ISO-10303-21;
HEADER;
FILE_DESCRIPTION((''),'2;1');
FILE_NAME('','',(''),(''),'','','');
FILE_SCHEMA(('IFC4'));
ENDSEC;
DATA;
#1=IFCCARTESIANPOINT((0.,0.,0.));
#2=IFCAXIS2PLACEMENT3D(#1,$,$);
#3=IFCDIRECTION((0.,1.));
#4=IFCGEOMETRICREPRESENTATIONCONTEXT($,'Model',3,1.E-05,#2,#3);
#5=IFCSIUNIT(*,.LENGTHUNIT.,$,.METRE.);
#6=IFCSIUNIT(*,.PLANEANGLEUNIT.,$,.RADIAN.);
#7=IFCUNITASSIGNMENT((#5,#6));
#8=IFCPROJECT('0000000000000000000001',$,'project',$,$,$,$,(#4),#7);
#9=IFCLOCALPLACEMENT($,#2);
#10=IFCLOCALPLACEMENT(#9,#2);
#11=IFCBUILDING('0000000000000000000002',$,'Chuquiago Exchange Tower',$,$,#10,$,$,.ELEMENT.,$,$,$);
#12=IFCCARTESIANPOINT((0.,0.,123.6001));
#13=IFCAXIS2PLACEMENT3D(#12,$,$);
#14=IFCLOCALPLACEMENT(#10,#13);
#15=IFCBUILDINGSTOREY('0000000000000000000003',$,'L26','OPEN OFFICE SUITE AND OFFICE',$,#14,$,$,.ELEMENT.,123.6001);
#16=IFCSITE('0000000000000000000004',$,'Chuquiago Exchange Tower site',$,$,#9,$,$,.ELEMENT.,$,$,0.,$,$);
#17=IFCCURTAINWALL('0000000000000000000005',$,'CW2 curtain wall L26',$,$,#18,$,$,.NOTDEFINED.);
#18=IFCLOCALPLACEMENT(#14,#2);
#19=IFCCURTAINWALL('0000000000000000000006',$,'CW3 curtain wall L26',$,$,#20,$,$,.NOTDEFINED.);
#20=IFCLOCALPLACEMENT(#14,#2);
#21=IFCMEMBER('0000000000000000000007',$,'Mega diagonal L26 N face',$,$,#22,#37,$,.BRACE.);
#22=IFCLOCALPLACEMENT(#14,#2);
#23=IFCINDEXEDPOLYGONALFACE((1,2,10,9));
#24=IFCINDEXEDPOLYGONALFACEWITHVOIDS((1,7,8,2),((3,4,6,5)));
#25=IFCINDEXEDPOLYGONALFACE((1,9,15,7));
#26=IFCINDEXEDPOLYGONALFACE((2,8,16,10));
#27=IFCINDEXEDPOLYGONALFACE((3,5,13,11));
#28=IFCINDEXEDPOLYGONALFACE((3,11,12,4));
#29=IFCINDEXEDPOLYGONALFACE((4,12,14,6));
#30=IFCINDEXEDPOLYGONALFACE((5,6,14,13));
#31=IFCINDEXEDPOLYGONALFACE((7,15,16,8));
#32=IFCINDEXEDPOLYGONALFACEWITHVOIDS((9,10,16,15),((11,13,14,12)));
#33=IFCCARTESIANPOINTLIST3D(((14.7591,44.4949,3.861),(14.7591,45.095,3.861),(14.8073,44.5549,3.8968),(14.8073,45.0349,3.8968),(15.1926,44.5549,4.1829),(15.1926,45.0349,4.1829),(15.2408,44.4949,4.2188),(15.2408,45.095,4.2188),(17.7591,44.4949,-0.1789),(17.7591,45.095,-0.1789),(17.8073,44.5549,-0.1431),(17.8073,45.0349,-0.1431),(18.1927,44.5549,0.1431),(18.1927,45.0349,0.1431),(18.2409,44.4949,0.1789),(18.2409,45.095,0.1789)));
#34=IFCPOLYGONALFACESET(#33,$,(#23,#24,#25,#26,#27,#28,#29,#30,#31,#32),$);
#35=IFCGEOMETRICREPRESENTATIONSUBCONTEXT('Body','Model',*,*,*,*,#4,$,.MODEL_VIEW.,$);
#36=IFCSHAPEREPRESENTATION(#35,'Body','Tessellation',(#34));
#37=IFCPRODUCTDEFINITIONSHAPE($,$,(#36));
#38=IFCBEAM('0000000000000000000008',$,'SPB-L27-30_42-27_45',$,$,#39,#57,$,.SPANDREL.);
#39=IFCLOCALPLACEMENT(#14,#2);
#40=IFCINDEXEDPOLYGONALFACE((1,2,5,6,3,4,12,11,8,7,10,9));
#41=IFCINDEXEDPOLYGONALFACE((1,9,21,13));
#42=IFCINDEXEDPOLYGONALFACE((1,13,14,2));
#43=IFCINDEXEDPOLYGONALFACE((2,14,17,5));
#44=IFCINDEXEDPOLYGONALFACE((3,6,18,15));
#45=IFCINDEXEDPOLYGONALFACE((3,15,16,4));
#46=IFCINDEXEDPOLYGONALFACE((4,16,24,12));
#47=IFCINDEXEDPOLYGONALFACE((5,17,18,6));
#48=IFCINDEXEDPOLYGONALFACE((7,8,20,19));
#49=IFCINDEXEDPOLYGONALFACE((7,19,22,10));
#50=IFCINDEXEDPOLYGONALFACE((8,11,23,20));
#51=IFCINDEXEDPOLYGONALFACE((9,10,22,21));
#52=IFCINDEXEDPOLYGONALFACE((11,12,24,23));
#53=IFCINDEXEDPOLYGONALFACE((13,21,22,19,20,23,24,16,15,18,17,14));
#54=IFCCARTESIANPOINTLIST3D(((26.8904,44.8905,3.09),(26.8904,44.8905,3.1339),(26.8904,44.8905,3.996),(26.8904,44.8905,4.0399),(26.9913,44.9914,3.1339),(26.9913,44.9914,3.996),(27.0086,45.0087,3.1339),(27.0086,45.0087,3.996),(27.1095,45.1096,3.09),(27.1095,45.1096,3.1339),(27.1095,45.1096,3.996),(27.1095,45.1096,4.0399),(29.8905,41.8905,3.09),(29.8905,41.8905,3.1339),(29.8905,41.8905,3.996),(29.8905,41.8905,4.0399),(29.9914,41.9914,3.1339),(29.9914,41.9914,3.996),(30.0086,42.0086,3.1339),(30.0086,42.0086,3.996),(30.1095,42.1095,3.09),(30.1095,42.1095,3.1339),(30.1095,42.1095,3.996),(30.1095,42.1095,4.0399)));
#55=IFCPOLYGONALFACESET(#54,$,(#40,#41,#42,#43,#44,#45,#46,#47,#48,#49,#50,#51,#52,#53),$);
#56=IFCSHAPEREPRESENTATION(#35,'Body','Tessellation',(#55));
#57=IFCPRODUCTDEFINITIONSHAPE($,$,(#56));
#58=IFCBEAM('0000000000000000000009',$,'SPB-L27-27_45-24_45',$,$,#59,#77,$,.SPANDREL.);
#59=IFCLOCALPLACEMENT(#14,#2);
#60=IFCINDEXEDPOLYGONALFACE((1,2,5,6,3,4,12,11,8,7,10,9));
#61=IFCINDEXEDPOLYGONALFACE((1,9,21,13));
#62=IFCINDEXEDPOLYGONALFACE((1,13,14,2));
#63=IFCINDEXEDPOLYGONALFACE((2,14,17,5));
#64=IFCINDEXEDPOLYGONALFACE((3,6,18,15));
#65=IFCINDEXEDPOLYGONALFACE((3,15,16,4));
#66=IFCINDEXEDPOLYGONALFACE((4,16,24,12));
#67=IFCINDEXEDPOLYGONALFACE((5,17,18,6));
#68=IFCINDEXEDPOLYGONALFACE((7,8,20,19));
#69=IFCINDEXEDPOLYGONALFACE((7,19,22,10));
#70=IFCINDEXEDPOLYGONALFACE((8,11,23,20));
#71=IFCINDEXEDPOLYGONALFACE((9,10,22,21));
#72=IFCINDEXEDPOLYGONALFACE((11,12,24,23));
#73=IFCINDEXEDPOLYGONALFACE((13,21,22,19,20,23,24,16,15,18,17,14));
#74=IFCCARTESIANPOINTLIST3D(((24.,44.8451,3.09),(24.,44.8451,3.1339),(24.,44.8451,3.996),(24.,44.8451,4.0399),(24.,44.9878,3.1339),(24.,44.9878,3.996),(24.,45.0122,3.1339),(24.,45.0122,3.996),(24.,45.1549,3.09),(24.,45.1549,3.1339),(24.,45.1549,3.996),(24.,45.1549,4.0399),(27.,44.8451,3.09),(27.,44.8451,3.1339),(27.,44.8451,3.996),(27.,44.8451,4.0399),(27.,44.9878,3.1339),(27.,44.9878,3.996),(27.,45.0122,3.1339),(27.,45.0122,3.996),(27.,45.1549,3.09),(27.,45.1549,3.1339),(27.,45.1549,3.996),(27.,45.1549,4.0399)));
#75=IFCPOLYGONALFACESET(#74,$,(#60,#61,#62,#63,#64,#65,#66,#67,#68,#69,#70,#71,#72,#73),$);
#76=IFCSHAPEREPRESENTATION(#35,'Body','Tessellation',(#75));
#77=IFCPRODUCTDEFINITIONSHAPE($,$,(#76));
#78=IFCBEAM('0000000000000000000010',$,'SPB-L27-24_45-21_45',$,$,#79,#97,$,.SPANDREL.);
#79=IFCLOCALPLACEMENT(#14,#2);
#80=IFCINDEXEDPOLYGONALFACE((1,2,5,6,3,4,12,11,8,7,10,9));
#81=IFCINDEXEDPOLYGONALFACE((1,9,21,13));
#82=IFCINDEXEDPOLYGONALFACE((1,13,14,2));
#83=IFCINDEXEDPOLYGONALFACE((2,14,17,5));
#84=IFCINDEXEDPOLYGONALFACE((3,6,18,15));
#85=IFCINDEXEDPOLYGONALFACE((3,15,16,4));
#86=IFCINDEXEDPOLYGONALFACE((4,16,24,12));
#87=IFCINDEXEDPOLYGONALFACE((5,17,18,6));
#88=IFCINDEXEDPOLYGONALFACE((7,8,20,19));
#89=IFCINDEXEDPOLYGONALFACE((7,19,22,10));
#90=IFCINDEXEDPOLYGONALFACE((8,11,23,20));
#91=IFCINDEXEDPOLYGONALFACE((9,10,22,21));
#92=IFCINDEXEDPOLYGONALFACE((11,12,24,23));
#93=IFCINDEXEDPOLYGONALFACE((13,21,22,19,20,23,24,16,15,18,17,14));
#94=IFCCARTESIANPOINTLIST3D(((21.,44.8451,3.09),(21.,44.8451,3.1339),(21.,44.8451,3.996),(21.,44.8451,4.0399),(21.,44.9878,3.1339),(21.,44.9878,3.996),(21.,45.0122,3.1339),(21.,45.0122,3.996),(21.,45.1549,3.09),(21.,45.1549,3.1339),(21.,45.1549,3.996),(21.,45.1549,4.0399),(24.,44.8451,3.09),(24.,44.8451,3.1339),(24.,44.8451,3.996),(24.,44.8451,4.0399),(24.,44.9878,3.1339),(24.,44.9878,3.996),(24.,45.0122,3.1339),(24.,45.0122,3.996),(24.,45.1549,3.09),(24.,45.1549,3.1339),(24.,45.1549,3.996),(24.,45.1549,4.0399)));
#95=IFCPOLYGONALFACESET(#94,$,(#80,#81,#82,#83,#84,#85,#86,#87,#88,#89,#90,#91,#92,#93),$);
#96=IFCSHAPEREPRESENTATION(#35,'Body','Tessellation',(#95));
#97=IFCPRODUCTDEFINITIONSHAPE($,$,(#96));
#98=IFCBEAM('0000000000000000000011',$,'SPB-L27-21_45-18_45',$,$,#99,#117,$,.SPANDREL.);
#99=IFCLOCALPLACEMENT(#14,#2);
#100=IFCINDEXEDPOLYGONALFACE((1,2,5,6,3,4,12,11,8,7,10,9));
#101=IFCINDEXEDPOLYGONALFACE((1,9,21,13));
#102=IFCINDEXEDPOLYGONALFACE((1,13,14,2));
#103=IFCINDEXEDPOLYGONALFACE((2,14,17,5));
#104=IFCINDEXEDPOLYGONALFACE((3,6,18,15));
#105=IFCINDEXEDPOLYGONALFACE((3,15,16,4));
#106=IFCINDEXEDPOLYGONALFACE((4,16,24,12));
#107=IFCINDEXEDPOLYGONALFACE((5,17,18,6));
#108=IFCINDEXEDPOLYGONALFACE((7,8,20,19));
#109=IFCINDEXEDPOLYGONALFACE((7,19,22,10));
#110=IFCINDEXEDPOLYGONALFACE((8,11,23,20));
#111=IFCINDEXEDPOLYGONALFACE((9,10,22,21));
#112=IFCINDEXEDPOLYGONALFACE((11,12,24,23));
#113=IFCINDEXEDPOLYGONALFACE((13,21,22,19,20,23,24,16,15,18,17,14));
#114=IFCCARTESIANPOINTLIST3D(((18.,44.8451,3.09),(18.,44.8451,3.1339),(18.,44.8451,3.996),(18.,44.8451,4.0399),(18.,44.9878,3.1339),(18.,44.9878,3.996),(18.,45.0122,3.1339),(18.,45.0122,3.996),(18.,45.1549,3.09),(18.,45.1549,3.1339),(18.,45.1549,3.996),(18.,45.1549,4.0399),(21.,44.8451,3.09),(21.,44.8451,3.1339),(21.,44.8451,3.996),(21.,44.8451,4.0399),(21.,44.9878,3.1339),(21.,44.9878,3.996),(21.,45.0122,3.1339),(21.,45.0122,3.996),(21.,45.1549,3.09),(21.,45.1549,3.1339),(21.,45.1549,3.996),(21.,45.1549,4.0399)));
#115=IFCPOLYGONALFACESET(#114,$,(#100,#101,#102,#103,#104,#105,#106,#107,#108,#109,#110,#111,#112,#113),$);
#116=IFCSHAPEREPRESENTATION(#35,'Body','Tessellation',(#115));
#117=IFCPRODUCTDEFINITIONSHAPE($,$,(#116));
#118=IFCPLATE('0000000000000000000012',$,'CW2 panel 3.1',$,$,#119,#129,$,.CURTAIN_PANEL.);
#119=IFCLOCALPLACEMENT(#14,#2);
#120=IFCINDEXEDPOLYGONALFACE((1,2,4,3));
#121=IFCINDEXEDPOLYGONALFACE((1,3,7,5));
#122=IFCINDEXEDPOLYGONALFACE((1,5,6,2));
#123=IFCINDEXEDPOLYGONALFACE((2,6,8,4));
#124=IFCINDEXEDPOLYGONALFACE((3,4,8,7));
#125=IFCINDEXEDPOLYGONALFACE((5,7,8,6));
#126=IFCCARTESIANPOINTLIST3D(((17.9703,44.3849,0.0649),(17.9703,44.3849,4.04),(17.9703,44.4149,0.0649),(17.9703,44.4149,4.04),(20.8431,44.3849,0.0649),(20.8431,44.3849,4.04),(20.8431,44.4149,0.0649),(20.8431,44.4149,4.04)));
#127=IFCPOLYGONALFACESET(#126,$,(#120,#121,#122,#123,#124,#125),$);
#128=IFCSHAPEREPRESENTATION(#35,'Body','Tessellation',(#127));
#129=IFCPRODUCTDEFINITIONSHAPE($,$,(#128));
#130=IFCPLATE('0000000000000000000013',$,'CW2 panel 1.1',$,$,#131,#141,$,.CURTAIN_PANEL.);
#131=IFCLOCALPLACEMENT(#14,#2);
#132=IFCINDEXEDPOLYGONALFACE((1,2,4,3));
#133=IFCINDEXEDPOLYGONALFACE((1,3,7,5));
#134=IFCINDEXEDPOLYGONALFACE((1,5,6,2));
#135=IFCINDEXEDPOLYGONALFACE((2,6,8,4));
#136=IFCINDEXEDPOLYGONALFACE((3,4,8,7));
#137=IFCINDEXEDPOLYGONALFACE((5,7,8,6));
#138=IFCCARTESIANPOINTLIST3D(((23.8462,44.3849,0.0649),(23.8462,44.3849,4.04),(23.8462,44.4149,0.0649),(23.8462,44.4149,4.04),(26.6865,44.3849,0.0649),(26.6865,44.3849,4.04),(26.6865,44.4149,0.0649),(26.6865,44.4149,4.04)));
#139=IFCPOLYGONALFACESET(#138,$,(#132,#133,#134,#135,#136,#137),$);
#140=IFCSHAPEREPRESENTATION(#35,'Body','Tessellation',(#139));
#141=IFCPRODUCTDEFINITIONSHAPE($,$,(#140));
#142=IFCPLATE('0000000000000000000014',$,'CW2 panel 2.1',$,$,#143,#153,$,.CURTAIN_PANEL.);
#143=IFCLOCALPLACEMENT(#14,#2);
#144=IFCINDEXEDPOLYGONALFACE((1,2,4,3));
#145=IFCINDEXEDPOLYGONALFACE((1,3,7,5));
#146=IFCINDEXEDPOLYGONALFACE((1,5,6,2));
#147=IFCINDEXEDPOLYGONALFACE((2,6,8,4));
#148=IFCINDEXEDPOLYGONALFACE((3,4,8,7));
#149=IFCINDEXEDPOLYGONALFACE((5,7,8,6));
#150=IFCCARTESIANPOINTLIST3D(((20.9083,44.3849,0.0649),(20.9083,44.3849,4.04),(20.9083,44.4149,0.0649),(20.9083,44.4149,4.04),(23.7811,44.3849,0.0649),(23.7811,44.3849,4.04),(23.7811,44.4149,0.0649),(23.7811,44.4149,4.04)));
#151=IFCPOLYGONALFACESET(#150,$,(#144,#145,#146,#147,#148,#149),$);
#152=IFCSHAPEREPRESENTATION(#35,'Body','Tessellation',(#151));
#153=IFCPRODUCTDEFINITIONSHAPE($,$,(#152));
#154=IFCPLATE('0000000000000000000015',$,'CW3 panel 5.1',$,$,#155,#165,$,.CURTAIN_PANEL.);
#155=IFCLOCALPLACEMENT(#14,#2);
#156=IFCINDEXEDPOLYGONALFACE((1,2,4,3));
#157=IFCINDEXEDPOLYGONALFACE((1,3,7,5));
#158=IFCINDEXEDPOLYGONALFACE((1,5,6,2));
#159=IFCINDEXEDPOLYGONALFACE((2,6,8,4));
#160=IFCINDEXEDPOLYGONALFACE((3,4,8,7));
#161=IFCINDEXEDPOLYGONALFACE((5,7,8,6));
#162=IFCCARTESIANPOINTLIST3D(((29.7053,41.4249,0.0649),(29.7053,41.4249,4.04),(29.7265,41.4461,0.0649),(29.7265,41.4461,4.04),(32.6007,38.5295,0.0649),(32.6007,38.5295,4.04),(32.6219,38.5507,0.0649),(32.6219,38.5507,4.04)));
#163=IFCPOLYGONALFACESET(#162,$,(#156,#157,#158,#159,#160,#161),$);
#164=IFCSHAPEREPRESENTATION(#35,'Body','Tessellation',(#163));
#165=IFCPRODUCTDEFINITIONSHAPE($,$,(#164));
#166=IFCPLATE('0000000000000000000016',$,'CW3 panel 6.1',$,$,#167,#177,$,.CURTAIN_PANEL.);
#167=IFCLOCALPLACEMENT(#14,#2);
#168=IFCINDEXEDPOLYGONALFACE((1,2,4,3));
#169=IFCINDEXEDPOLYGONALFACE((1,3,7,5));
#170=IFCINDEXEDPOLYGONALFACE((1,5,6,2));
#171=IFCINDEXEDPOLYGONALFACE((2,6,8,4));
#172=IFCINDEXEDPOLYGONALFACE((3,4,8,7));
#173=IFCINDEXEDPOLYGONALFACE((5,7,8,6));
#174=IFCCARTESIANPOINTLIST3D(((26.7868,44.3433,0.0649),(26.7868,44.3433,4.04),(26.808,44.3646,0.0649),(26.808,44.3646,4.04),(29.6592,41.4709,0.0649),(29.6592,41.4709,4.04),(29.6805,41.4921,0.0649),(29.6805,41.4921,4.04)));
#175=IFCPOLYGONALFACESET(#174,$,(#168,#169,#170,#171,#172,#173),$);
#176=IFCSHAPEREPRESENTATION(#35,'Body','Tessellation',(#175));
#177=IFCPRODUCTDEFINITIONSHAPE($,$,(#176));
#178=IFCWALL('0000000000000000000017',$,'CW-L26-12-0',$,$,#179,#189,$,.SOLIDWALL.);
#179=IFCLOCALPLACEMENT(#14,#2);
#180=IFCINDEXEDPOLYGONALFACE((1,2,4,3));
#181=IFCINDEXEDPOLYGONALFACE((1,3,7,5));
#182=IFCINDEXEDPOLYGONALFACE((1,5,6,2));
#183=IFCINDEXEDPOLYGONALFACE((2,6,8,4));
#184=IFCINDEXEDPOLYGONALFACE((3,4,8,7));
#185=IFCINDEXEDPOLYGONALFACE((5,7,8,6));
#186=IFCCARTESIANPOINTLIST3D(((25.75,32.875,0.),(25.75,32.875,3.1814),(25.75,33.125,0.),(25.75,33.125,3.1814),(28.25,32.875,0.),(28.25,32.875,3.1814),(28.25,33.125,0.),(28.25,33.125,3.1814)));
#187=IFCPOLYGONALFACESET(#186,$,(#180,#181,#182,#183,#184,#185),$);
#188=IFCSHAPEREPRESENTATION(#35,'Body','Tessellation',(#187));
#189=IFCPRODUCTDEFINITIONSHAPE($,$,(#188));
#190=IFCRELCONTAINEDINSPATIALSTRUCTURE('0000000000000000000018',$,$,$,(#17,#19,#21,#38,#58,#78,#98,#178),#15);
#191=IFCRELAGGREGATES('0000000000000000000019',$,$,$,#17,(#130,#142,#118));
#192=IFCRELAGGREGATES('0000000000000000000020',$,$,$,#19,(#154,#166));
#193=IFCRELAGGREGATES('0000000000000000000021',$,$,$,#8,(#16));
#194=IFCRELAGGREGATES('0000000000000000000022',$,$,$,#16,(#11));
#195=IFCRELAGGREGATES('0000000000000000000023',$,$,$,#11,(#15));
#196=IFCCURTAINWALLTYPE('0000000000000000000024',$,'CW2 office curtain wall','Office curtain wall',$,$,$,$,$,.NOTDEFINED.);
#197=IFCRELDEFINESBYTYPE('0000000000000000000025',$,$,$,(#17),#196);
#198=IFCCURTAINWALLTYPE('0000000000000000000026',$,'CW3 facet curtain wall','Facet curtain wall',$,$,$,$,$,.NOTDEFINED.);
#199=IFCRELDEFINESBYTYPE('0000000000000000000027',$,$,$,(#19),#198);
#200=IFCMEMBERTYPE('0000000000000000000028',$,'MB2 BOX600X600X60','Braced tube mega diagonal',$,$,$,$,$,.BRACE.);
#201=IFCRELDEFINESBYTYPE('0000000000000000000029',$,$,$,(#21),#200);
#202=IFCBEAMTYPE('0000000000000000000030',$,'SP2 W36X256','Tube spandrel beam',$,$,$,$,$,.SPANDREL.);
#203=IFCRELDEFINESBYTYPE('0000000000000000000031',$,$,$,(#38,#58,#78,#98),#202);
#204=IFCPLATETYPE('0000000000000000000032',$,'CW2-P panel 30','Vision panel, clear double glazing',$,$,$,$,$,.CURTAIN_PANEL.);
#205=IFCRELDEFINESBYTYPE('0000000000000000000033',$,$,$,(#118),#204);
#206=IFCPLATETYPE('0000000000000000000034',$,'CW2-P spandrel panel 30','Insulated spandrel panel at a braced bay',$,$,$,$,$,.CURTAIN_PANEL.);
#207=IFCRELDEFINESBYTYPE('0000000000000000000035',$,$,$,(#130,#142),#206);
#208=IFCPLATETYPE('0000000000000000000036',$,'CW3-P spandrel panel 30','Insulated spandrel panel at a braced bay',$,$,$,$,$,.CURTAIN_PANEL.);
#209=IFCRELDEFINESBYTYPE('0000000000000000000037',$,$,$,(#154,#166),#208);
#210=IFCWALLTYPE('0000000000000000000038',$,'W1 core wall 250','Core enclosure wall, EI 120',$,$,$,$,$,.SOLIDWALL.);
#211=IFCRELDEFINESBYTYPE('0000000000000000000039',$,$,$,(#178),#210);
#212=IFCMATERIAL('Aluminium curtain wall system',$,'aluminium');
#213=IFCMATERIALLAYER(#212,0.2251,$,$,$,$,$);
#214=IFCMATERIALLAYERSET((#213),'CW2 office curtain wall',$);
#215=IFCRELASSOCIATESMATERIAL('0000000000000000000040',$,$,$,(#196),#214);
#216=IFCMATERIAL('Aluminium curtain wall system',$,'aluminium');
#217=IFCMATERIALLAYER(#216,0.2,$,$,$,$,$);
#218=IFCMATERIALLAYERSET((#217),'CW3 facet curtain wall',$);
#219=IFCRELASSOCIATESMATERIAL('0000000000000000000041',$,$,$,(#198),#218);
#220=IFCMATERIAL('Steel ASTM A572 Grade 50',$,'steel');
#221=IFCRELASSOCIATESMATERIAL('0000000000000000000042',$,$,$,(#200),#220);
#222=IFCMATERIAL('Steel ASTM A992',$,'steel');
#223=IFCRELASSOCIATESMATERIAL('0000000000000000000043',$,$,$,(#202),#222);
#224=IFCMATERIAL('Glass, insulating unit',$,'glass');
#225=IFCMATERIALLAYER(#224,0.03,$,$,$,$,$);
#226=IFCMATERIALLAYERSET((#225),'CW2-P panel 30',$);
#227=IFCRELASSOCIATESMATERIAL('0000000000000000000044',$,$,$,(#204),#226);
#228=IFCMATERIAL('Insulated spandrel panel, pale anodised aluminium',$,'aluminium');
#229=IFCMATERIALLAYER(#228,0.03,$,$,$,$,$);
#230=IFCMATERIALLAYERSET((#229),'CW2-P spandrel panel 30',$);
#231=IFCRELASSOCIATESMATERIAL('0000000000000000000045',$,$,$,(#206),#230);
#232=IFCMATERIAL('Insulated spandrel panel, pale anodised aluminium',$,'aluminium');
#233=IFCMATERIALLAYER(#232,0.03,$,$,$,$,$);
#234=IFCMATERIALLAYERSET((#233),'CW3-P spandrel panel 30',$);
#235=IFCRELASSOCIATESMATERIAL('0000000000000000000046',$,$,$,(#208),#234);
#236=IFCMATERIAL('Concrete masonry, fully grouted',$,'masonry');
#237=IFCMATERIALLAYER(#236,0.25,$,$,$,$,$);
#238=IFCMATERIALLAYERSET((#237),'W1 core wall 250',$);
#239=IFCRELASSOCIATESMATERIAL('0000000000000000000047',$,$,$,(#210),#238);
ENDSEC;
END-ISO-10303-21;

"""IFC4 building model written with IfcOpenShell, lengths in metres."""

from ifc_helpers import new_model, si_unit, direction, frame, frame_2d, origin, origin_2d, place, context, subcontext, project, spatial, rectangle, hollow_rectangle, i_section, extrude, material, layer, layer_set, material_profile, profile_set, type_object, element, aggregate, save


model = new_model("IFC4")

# Units and contexts
model_context = context("Model", 3, precision=1e-05, world=origin(), true_north=direction((0.0, 1.0)))
body_context = subcontext(model_context, "Body", "Model", "MODEL_VIEW")
ifc_project = project(units=[si_unit("LENGTHUNIT", "METRE"), si_unit("PLANEANGLEUNIT", "RADIAN")], contexts=[model_context])

# Site, building, storey
site_placement = place(None, origin())
site = spatial("IfcSite", under=ifc_project, at=site_placement, Name="Chuquiago Exchange Tower site", CompositionType="ELEMENT", RefElevation=0.0)
building_placement = place(site_placement, origin())
building = spatial("IfcBuilding", under=site, at=building_placement, Name="Chuquiago Exchange Tower", CompositionType="ELEMENT")
storey_placement = place(building_placement, frame((0.0, 0.0, 123.6001)))
storey = spatial("IfcBuildingStorey", under=building, at=storey_placement, Name="L26", Description="OPEN OFFICE SUITE AND OFFICE", CompositionType="ELEMENT", Elevation=123.6001)

# Curtain walls
ifc_material_1 = material(Name="Aluminium curtain wall system", Category="aluminium")
ifc_layer_1 = layer(ifc_material_1, 0.2251)
ifc_layer_set_1 = layer_set([ifc_layer_1], Name="CW2 office curtain wall")
curtain_wall_type_1 = type_object("IfcCurtainWallType", Name="CW2 office curtain wall", Description="Office curtain wall", PredefinedType="NOTDEFINED", material=ifc_layer_set_1)
curtain_wall_1_placement = place(storey_placement, origin())
curtain_wall_1 = element("IfcCurtainWall", 1, at=curtain_wall_1_placement, inside=storey, type_object=curtain_wall_type_1, Name="CW2 curtain wall L26", PredefinedType="NOTDEFINED")
ifc_material_2 = material(Name="Aluminium curtain wall system", Category="aluminium")
ifc_layer_2 = layer(ifc_material_2, 0.2)
ifc_layer_set_2 = layer_set([ifc_layer_2], Name="CW3 facet curtain wall")
curtain_wall_type_2 = type_object("IfcCurtainWallType", Name="CW3 facet curtain wall", Description="Facet curtain wall", PredefinedType="NOTDEFINED", material=ifc_layer_set_2)
curtain_wall_2_placement = place(storey_placement, origin())
curtain_wall_2 = element("IfcCurtainWall", 2, at=curtain_wall_2_placement, inside=storey, type_object=curtain_wall_type_2, Name="CW3 curtain wall L26", PredefinedType="NOTDEFINED")

# Member
ifc_material_3 = material(Name="Steel ASTM A572 Grade 50", Category="steel")
ifc_material_profile_1 = material_profile(ifc_material_3, hollow_rectangle(XDim=0.6001, YDim=0.6001, WallThickness=0.0601, at=origin_2d()), Name="BOX600X600X60")
ifc_profile_set_1 = profile_set([ifc_material_profile_1], Name="Steel ASTM A572 Grade 50")
member_type_1 = type_object("IfcMemberType", Name="MB2 BOX600X600X60", Description="Braced tube mega diagonal", PredefinedType="BRACE", material=ifc_profile_set_1)
for number, where, z_axis, x_axis, name in (
    (3, (18.0, 44.7949, 0.0), (-0.596197, 0.0, 0.802838), (0.0, -1.0, 0.0), "Mega diagonal L26 N face"),
):
    element("IfcMember", number, at=place(storey_placement, frame(where, z_axis=z_axis, x_axis=x_axis)), inside=storey, type_object=member_type_1, Name=name, PredefinedType="BRACE", context=body_context, shape_type="SweptSolid", body=[
        extrude(hollow_rectangle(XDim=0.6001, YDim=0.6001, WallThickness=0.0601, at=origin_2d()), origin(), (0.0, 0.0, 1.0), 5.032),
    ])

# Beams
ifc_material_4 = material(Name="Steel ASTM A992", Category="steel")
ifc_material_profile_2 = material_profile(ifc_material_4, i_section(OverallWidth=0.3098, OverallDepth=0.95, WebThickness=0.0244, FlangeThickness=0.0439, at=origin_2d()), Name="W36X256")
ifc_profile_set_2 = profile_set([ifc_material_profile_2], Name="Steel ASTM A992")
beam_type_1 = type_object("IfcBeamType", Name="SP2 W36X256", Description="Tube spandrel beam", PredefinedType="SPANDREL", material=ifc_profile_set_2)
beam_1_placement = place(storey_placement, frame((30.0, 42.0, 3.5649), z_axis=(-0.707107, 0.707107, 0.0), x_axis=(-0.707107, -0.707107, 0.0)))
element("IfcBeam", 4, at=beam_1_placement, inside=storey, type_object=beam_type_1, Name="SPB-L27-30_42-27_45", PredefinedType="SPANDREL", context=body_context, shape_type="SweptSolid", body=[
    extrude(i_section(OverallWidth=0.3098, OverallDepth=0.95, WebThickness=0.0244, FlangeThickness=0.0439, at=origin_2d()), origin(), (0.0, 0.0, 1.0), 4.2427),
])
for number, where, z_axis, x_axis, name in (
    (5, (27.0, 45.0, 3.5649), (-1.0, 0.0, 0.0), (0.0, -1.0, 0.0), "SPB-L27-27_45-24_45"),
    (6, (24.0, 45.0, 3.5649), (-1.0, 0.0, 0.0), (0.0, -1.0, 0.0), "SPB-L27-24_45-21_45"),
    (7, (21.0, 45.0, 3.5649), (-1.0, 0.0, 0.0), (0.0, -1.0, 0.0), "SPB-L27-21_45-18_45"),
):
    element("IfcBeam", number, at=place(storey_placement, frame(where, z_axis=z_axis, x_axis=x_axis)), inside=storey, type_object=beam_type_1, Name=name, PredefinedType="SPANDREL", context=body_context, shape_type="SweptSolid", body=[
        extrude(i_section(OverallWidth=0.3098, OverallDepth=0.95, WebThickness=0.0244, FlangeThickness=0.0439, at=origin_2d()), origin(), (0.0, 0.0, 1.0), 3.0),
    ])

# Plates
ifc_material_5 = material(Name="Glass, insulating unit", Category="glass")
ifc_layer_3 = layer(ifc_material_5, 0.03)
ifc_layer_set_3 = layer_set([ifc_layer_3], Name="CW2-P panel 30")
plate_type_1 = type_object("IfcPlateType", Name="CW2-P panel 30", Description="Vision panel, clear double glazing", PredefinedType="CURTAIN_PANEL", material=ifc_layer_set_3)
plate_1_placement = place(storey_placement, frame((19.4067, 44.3999, 0.0649), z_axis=(0.0, 0.0, 1.0), x_axis=(-1.0, 0.0, 0.0)))
plate_1 = element("IfcPlate", 8, at=plate_1_placement, type_object=plate_type_1, Name="CW2 panel 3.1", PredefinedType="CURTAIN_PANEL", context=body_context, shape_type="SweptSolid", body=[
    extrude(rectangle(XDim=2.8728, YDim=0.03, at=origin_2d()), origin(), (0.0, 0.0, 1.0), 3.9751),
])
ifc_material_6 = material(Name="Insulated spandrel panel, pale anodised aluminium", Category="aluminium")
ifc_layer_4 = layer(ifc_material_6, 0.03)
ifc_layer_set_4 = layer_set([ifc_layer_4], Name="CW2-P spandrel panel 30")
plate_type_2 = type_object("IfcPlateType", Name="CW2-P spandrel panel 30", Description="Insulated spandrel panel at a braced bay", PredefinedType="CURTAIN_PANEL", material=ifc_layer_set_4)
plate_2_placement = place(storey_placement, frame((25.2664, 44.3999, 0.0649), z_axis=(0.0, 0.0, 1.0), x_axis=(-1.0, 0.0, 0.0)))
plate_2 = element("IfcPlate", 9, at=plate_2_placement, type_object=plate_type_2, Name="CW2 panel 1.1", PredefinedType="CURTAIN_PANEL", context=body_context, shape_type="SweptSolid", body=[
    extrude(rectangle(XDim=2.8403, YDim=0.03, at=origin_2d()), origin(), (0.0, 0.0, 1.0), 3.9751),
])
plate_3_placement = place(storey_placement, frame((22.3447, 44.3999, 0.0649), z_axis=(0.0, 0.0, 1.0), x_axis=(-1.0, 0.0, 0.0)))
plate_3 = element("IfcPlate", 10, at=plate_3_placement, type_object=plate_type_2, Name="CW2 panel 2.1", PredefinedType="CURTAIN_PANEL", context=body_context, shape_type="SweptSolid", body=[
    extrude(rectangle(XDim=2.8728, YDim=0.03, at=origin_2d()), origin(), (0.0, 0.0, 1.0), 3.9751),
])
aggregate(curtain_wall_1, [plate_2, plate_3, plate_1])
ifc_material_7 = material(Name="Insulated spandrel panel, pale anodised aluminium", Category="aluminium")
ifc_layer_5 = layer(ifc_material_7, 0.03)
ifc_layer_set_5 = layer_set([ifc_layer_5], Name="CW3-P spandrel panel 30")
plate_type_3 = type_object("IfcPlateType", Name="CW3-P spandrel panel 30", Description="Insulated spandrel panel at a braced bay", PredefinedType="CURTAIN_PANEL", material=ifc_layer_set_5)
plate_4_placement = place(storey_placement, frame((31.1636, 39.9878, 0.0649), z_axis=(0.0, 0.0, 1.0), x_axis=(-0.707107, 0.707107, 0.0)))
plate_4 = element("IfcPlate", 11, at=plate_4_placement, type_object=plate_type_3, Name="CW3 panel 5.1", PredefinedType="CURTAIN_PANEL", context=body_context, shape_type="SweptSolid", body=[
    extrude(rectangle(XDim=4.0947, YDim=0.03, at=origin_2d()), origin(), (0.0, 0.0, 1.0), 3.9751),
])
plate_5_placement = place(storey_placement, frame((28.2336, 42.9177, 0.0649), z_axis=(0.0, 0.0, 1.0), x_axis=(-0.707107, 0.707107, 0.0)))
plate_5 = element("IfcPlate", 12, at=plate_5_placement, type_object=plate_type_3, Name="CW3 panel 6.1", PredefinedType="CURTAIN_PANEL", context=body_context, shape_type="SweptSolid", body=[
    extrude(rectangle(XDim=4.0623, YDim=0.03, at=origin_2d()), origin(), (0.0, 0.0, 1.0), 3.9751),
])
aggregate(curtain_wall_2, [plate_4, plate_5])

# Wall
ifc_material_8 = material(Name="Concrete masonry, fully grouted", Category="masonry")
ifc_layer_6 = layer(ifc_material_8, 0.25)
ifc_layer_set_6 = layer_set([ifc_layer_6], Name="W1 core wall 250")
wall_type_1 = type_object("IfcWallType", Name="W1 core wall 250", Description="Core enclosure wall, EI 120", PredefinedType="SOLIDWALL", material=ifc_layer_set_6)
wall_1_placement = place(storey_placement, frame((25.75, 33.0, 0.0), z_axis=(0.0, 0.0, 1.0), x_axis=(1.0, 0.0, 0.0)))
element("IfcWall", 13, at=wall_1_placement, inside=storey, type_object=wall_type_1, Name="CW-L26-12-0", PredefinedType="SOLIDWALL", context=body_context, shape_type="SweptSolid", body=[
    extrude(rectangle(XDim=2.5, YDim=0.25, at=frame_2d((1.25, 0.0))), origin(), (0.0, 0.0, 1.0), 3.1814),
])

save(model, "model.ifc")
